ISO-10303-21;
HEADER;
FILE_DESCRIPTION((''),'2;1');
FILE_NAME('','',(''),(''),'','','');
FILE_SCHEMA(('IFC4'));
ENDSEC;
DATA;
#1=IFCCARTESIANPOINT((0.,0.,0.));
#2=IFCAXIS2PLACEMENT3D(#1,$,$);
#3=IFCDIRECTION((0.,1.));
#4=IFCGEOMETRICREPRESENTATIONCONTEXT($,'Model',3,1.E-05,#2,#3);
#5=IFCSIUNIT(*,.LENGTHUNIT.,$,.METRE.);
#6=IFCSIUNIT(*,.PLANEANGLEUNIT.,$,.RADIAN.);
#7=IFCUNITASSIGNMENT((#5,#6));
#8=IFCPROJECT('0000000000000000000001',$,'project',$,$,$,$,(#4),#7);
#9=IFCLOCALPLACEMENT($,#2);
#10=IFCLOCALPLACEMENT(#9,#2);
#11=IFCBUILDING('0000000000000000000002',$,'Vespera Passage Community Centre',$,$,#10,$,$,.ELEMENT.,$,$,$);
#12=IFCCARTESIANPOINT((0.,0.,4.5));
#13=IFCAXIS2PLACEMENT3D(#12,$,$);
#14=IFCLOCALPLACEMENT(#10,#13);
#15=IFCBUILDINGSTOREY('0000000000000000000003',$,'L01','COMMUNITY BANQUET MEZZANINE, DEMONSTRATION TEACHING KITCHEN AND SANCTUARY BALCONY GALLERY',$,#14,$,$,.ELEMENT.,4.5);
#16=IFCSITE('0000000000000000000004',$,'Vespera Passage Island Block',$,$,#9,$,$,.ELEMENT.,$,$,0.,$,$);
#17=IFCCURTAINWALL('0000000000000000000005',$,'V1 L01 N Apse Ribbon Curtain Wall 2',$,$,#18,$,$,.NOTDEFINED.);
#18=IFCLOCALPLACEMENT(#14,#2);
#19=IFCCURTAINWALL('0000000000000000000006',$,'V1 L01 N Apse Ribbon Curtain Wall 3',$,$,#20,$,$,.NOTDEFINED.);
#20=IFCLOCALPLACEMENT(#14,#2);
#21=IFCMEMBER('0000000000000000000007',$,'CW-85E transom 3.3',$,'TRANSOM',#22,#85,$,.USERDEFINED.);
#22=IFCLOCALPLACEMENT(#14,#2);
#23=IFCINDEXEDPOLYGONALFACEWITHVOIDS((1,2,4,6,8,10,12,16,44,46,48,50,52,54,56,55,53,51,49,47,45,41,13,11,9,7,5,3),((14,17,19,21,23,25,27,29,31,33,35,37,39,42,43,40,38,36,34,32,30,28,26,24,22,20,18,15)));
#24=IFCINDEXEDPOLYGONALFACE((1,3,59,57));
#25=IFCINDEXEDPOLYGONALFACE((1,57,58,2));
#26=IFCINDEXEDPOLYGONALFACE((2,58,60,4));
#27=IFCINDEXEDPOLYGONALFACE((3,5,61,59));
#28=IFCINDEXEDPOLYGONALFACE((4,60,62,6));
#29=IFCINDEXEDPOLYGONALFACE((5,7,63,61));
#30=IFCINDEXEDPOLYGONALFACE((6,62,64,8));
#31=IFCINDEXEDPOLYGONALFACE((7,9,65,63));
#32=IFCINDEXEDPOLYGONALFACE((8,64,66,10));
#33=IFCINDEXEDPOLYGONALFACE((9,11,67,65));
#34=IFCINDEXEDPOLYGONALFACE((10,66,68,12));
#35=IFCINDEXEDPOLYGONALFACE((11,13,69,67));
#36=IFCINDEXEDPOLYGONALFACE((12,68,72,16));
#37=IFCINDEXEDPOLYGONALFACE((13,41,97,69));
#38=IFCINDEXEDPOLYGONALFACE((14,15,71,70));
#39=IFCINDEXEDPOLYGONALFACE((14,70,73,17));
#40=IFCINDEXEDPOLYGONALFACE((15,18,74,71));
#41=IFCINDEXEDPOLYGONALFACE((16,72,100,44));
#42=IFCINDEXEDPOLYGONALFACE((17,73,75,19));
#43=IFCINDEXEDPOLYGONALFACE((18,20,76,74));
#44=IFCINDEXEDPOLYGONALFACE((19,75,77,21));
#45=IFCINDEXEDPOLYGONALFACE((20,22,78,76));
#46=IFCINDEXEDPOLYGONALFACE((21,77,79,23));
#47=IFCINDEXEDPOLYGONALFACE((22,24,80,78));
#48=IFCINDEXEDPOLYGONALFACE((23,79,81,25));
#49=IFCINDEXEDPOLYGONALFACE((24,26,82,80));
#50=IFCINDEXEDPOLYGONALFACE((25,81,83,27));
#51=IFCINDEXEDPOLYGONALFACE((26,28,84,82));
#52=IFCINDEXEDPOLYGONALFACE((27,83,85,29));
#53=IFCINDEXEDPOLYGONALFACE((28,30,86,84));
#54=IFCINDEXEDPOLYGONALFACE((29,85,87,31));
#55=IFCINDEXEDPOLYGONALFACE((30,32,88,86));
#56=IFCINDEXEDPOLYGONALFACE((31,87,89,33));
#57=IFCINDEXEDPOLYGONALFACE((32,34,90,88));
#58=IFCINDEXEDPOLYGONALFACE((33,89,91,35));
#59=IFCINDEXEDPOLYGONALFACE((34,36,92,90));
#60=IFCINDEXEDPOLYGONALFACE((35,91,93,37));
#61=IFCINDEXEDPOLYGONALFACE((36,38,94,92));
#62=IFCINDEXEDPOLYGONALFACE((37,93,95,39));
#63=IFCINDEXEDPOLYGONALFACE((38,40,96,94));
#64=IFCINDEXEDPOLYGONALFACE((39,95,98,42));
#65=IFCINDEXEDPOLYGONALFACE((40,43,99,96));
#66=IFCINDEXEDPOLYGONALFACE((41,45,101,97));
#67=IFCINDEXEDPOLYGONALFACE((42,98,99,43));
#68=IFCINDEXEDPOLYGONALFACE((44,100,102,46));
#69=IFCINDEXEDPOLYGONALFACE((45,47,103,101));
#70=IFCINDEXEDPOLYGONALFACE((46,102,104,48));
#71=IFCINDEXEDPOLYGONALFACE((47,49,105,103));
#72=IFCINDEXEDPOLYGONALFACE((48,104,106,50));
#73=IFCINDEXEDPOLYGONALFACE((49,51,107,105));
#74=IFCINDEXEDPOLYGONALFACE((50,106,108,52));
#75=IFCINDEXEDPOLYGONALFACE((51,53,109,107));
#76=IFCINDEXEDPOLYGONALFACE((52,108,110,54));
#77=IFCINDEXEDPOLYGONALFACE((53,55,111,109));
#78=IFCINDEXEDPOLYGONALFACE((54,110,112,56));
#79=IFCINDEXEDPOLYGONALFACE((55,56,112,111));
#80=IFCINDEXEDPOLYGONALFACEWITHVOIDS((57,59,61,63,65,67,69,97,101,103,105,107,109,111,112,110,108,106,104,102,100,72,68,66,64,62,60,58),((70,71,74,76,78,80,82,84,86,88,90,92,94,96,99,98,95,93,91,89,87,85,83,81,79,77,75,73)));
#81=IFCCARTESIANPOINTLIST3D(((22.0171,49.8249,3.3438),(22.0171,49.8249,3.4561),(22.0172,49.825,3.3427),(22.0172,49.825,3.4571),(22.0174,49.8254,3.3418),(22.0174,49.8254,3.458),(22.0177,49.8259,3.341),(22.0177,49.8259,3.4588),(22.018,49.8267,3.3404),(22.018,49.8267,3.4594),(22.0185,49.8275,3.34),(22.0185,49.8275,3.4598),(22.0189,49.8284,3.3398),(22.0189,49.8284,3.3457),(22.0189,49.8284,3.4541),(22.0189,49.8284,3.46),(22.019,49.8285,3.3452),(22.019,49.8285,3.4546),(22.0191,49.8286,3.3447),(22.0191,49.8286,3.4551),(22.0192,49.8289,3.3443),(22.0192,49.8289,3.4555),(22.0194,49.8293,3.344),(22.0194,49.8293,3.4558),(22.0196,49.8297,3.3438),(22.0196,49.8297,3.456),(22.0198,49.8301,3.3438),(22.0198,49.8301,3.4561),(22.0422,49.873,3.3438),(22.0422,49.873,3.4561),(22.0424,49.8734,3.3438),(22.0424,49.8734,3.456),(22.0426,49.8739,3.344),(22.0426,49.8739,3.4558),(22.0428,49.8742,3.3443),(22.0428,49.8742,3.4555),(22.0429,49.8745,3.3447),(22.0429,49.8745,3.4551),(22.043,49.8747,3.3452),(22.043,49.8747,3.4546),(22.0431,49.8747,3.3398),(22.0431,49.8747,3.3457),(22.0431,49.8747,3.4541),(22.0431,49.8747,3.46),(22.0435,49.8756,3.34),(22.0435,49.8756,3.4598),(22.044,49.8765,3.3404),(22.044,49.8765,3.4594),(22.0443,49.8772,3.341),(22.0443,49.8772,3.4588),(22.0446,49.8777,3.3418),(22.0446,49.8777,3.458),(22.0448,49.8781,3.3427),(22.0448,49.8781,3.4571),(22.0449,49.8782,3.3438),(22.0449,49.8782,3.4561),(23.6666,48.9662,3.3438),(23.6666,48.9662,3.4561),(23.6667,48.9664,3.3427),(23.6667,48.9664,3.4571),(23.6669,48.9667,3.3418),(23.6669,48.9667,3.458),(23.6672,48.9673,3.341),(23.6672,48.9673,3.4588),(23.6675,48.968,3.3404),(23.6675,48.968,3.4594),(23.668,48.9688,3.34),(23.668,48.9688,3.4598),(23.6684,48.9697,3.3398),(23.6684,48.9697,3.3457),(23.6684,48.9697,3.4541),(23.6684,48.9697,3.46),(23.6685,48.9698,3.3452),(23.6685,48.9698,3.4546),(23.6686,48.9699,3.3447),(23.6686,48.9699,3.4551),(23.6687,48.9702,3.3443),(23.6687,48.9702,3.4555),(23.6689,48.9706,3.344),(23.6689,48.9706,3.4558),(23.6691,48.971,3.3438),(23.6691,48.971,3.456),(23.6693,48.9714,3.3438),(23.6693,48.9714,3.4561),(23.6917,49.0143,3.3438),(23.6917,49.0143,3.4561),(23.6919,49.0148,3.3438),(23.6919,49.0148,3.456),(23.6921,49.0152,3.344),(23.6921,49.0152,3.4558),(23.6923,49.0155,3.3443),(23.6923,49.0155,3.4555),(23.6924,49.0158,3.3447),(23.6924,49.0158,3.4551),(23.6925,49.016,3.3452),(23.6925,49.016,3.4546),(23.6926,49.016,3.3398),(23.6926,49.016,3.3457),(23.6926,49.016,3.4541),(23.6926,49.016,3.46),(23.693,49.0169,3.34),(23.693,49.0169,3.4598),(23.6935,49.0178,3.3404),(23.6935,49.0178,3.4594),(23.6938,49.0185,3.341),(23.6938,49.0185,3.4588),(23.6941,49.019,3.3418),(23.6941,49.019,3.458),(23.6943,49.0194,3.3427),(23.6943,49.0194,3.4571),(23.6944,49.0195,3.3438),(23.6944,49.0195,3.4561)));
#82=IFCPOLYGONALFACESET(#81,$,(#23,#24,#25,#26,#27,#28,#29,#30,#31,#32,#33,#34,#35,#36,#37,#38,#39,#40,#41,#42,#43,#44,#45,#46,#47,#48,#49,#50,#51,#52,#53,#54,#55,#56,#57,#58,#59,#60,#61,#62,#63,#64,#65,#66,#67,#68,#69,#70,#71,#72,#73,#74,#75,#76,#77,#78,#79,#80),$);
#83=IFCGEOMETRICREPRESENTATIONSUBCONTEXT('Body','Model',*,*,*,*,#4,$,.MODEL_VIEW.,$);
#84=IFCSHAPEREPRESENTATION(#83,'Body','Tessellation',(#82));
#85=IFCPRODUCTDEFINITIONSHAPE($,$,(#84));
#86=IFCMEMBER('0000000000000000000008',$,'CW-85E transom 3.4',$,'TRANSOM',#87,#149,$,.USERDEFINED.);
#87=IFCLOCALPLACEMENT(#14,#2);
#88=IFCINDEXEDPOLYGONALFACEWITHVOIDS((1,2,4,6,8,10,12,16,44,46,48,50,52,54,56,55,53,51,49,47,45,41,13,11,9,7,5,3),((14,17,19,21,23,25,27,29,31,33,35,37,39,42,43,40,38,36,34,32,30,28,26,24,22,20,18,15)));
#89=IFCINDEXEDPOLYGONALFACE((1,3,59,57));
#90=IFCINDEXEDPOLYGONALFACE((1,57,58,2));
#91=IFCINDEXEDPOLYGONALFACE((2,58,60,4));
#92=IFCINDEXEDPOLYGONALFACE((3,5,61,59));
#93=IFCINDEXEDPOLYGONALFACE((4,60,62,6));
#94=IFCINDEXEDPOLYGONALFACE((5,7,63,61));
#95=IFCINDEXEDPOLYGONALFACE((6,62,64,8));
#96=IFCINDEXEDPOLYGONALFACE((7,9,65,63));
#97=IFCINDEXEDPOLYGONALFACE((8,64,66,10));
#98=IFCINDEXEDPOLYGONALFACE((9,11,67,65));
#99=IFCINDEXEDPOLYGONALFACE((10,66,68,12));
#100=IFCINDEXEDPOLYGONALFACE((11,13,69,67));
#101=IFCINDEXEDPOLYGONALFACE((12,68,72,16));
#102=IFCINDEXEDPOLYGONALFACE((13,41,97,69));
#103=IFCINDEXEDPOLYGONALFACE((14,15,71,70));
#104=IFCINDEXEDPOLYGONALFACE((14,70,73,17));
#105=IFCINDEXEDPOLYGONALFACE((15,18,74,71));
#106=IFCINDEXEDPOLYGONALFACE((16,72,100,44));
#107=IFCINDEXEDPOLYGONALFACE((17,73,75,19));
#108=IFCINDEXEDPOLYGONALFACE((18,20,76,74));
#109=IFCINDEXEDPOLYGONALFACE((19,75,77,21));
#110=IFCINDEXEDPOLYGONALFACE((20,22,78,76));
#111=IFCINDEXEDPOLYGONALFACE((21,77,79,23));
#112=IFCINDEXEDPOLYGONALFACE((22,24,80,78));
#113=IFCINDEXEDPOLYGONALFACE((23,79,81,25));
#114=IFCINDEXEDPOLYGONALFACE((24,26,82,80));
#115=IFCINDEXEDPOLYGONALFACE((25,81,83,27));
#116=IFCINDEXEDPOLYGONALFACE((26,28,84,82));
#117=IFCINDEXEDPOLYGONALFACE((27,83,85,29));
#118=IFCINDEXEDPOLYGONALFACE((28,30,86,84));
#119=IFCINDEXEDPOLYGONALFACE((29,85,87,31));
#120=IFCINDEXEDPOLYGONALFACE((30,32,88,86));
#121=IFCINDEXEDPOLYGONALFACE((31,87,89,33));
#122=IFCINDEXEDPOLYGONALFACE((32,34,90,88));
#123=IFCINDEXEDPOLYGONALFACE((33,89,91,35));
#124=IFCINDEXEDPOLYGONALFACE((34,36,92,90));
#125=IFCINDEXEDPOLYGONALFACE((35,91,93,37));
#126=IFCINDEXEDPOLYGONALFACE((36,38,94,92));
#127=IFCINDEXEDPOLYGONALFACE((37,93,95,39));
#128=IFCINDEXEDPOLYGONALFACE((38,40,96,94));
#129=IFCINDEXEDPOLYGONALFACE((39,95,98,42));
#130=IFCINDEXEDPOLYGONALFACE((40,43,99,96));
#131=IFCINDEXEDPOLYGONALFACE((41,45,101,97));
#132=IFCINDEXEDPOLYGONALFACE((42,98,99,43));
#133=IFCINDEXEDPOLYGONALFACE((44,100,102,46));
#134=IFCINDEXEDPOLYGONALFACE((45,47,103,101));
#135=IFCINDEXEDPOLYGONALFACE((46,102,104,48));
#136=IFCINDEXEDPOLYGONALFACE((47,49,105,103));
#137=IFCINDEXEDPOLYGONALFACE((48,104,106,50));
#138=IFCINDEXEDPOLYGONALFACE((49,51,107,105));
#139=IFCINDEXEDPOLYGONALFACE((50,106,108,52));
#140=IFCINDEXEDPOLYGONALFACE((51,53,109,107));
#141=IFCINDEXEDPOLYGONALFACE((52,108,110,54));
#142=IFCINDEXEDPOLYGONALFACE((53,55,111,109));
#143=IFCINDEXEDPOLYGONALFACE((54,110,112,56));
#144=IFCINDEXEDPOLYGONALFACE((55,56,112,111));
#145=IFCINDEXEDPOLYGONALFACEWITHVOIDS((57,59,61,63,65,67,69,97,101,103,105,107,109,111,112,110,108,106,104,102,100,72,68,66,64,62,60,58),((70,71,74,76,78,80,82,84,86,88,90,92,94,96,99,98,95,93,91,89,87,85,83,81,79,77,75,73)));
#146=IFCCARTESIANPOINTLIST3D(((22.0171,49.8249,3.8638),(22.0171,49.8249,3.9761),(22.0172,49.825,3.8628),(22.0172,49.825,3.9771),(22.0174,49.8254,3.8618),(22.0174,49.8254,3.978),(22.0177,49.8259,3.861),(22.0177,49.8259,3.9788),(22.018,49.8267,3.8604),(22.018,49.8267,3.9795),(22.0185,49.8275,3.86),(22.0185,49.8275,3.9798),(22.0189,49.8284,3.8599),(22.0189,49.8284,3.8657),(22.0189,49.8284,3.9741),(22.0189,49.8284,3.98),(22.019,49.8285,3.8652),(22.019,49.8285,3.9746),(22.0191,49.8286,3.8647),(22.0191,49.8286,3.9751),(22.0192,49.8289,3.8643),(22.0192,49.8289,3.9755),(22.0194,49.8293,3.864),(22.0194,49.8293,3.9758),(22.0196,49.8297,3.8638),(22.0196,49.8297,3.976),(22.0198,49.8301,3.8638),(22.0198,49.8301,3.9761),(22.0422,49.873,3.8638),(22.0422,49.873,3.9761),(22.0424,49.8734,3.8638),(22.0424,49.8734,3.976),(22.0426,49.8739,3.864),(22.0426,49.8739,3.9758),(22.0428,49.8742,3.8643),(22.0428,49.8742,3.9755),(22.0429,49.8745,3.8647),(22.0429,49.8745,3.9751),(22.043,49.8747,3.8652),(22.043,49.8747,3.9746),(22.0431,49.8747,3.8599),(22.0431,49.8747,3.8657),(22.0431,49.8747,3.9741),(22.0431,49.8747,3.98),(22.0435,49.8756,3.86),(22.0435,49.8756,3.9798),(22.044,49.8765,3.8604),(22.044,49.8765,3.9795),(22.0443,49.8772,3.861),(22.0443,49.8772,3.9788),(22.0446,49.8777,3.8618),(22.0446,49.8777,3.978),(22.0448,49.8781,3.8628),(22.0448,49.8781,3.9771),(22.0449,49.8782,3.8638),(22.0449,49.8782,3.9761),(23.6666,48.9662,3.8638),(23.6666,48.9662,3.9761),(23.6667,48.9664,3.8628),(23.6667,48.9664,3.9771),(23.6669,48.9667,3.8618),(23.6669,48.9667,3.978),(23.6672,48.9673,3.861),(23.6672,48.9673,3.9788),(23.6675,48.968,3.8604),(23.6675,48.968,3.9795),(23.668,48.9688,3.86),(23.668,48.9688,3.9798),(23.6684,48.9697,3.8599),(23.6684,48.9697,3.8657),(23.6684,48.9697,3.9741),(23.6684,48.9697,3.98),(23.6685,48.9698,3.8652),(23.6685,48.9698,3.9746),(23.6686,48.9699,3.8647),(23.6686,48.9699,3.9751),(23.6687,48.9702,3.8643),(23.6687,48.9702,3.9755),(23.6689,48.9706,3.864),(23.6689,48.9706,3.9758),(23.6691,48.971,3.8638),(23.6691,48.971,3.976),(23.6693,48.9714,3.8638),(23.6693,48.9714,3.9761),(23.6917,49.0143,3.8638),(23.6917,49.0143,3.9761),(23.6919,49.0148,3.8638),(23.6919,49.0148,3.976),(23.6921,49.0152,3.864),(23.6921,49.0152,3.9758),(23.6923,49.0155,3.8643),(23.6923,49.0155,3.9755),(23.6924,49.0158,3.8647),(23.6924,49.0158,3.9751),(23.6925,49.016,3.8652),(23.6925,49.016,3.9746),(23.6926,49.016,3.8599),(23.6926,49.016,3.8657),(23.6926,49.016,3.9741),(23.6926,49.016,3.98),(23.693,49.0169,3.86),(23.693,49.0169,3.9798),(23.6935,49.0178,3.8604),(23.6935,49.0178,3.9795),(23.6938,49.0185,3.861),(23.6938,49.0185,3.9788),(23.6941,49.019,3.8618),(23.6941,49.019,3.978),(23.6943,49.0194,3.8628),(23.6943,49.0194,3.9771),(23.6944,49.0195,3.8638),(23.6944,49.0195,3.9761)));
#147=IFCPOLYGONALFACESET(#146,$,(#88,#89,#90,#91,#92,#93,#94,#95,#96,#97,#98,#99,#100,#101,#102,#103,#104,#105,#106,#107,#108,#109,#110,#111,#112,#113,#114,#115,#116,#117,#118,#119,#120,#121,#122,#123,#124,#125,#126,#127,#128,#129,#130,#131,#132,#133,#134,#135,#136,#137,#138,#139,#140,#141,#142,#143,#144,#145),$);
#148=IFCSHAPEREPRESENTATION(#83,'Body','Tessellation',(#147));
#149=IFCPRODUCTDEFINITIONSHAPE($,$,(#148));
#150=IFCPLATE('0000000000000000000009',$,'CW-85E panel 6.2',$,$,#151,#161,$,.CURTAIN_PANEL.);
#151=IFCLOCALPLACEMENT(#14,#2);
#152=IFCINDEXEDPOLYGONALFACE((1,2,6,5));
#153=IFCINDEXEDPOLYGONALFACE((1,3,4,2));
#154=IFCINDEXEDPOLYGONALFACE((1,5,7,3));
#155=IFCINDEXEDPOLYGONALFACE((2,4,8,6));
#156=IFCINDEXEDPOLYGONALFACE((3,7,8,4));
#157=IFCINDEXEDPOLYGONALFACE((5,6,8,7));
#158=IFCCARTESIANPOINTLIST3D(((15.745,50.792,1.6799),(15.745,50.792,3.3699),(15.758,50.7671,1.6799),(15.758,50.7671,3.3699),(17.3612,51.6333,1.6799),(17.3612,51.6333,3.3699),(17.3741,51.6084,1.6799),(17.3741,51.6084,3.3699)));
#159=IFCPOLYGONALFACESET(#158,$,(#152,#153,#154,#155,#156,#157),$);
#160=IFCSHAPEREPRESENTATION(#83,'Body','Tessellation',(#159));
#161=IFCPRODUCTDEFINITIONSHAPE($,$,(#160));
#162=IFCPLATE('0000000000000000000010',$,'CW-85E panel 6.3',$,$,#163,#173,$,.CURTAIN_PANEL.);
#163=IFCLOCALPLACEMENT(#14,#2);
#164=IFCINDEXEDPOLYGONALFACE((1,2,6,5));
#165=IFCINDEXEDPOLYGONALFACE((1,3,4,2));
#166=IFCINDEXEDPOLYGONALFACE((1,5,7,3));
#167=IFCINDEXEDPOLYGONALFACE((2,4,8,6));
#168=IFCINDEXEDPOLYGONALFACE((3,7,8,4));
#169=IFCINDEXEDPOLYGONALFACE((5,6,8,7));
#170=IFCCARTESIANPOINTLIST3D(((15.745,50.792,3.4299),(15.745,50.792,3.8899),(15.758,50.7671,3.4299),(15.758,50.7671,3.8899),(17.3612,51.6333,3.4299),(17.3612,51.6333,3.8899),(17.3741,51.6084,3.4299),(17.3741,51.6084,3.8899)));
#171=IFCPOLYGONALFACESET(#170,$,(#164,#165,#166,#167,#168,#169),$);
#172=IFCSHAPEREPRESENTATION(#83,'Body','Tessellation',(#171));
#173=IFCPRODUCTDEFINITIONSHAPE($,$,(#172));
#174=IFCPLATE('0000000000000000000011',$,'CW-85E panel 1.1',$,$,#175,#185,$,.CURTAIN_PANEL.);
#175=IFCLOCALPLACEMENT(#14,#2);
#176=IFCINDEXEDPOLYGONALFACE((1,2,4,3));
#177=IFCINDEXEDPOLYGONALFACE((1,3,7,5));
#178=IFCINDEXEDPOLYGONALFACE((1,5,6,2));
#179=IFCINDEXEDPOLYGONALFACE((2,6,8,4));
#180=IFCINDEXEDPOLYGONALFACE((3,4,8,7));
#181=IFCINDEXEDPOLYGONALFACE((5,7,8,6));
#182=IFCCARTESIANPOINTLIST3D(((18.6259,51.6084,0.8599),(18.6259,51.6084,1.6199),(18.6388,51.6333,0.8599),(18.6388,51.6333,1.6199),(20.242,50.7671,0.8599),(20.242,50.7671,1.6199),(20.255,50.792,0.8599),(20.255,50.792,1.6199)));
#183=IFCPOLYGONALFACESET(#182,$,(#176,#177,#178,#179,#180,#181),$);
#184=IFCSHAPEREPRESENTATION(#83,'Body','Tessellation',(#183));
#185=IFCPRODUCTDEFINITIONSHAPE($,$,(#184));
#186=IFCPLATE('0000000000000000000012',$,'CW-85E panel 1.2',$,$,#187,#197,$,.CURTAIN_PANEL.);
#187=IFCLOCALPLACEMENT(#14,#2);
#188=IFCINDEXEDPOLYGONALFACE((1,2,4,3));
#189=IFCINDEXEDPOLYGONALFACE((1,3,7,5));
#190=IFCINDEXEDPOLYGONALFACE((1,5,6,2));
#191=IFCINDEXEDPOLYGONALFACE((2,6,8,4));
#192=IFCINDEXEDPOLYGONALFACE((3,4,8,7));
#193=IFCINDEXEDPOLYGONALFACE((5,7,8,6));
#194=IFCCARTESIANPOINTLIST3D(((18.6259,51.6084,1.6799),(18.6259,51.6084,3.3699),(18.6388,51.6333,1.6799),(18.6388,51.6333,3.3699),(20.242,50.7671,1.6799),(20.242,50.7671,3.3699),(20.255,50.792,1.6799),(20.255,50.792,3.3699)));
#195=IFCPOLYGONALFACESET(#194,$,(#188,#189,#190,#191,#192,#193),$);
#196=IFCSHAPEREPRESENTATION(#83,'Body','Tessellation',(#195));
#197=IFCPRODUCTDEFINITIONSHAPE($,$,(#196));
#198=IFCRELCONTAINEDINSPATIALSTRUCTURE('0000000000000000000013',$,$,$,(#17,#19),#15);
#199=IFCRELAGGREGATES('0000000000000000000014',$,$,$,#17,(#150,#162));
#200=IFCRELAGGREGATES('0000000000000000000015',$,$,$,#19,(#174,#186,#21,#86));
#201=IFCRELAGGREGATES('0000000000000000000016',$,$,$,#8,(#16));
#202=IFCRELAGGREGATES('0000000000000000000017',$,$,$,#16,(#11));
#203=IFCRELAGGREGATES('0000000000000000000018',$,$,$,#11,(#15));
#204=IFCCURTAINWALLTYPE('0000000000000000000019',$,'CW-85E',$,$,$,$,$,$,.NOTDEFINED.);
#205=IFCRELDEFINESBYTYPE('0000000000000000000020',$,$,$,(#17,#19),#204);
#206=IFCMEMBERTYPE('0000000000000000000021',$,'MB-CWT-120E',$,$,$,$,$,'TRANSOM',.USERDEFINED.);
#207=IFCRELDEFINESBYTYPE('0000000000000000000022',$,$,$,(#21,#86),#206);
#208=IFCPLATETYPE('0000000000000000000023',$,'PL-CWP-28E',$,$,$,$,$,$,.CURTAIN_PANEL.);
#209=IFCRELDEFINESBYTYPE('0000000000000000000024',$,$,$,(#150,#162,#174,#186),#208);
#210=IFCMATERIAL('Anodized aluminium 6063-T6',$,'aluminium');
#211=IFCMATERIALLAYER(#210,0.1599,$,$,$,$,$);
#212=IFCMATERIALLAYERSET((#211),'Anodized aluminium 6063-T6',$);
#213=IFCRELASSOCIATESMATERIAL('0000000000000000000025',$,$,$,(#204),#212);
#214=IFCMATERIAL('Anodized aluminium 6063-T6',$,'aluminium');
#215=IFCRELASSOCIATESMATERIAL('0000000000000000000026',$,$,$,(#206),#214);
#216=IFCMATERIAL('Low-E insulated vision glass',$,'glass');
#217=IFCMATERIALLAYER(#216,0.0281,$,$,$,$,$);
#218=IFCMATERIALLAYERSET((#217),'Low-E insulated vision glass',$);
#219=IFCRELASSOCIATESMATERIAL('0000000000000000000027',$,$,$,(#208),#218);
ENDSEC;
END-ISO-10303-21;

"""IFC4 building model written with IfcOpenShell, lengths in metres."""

from ifc_helpers import new_model, si_unit, direction, frame, origin, origin_2d, place, context, subcontext, project, spatial, rectangle, hollow_rectangle, extrude, material, layer, layer_set, material_profile, profile_set, type_object, element, aggregate, save


model = new_model("IFC4")

# Units and contexts
model_context = context("Model", 3, precision=1e-05, world=origin(), true_north=direction((0.0, 1.0)))
body_context = subcontext(model_context, "Body", "Model", "MODEL_VIEW")
ifc_project = project(units=[si_unit("LENGTHUNIT", "METRE"), si_unit("PLANEANGLEUNIT", "RADIAN")], contexts=[model_context])

# Site, building, storey
site_placement = place(None, origin())
site = spatial("IfcSite", under=ifc_project, at=site_placement, Name="Vespera Passage Island Block", CompositionType="ELEMENT", RefElevation=0.0)
building_placement = place(site_placement, origin())
building = spatial("IfcBuilding", under=site, at=building_placement, Name="Vespera Passage Community Centre", CompositionType="ELEMENT")
storey_placement = place(building_placement, frame((0.0, 0.0, 4.5)))
storey = spatial("IfcBuildingStorey", under=building, at=storey_placement, Name="L01", Description="COMMUNITY BANQUET MEZZANINE, DEMONSTRATION TEACHING KITCHEN AND SANCTUARY BALCONY GALLERY", CompositionType="ELEMENT", Elevation=4.5)

# Curtain wall
ifc_material_1 = material(Name="Anodized aluminium 6063-T6", Category="aluminium")
ifc_layer_1 = layer(ifc_material_1, 0.1599)
ifc_layer_set_1 = layer_set([ifc_layer_1], Name="Anodized aluminium 6063-T6")
curtain_wall_type = type_object("IfcCurtainWallType", Name="CW-85E", PredefinedType="NOTDEFINED", material=ifc_layer_set_1)
curtain_wall_1_placement = place(storey_placement, origin())
curtain_wall_1 = element("IfcCurtainWall", 1, at=curtain_wall_1_placement, inside=storey, type_object=curtain_wall_type, Name="V1 L01 N Apse Ribbon Curtain Wall 2", PredefinedType="NOTDEFINED")

# Curtain wall, members
curtain_wall_2_placement = place(storey_placement, origin())
curtain_wall_2 = element("IfcCurtainWall", 2, at=curtain_wall_2_placement, inside=storey, type_object=curtain_wall_type, Name="V1 L01 N Apse Ribbon Curtain Wall 3", PredefinedType="NOTDEFINED")
ifc_material_2 = material(Name="Anodized aluminium 6063-T6", Category="aluminium")
ifc_material_profile_1 = material_profile(ifc_material_2, hollow_rectangle(XDim=0.0601, YDim=0.1201, WallThickness=0.0039, InnerFilletRadius=0.002, OuterFilletRadius=0.0039, at=origin_2d()), Name="ALU120X60X4")
ifc_profile_set_1 = profile_set([ifc_material_profile_1], Name="Anodized aluminium 6063-T6")
member_type_1 = type_object("IfcMemberType", Name="MB-CWT-120E", ElementType="TRANSOM", PredefinedType="USERDEFINED", material=ifc_profile_set_1)
member_1_placement = place(storey_placement, frame((22.031, 49.8516, 3.3999), z_axis=(0.887008, -0.461754, 0.0), x_axis=(0.461754, 0.887008, 0.0)))
member_1 = element("IfcMember", 3, at=member_1_placement, type_object=member_type_1, Name="CW-85E transom 3.3", ObjectType="TRANSOM", PredefinedType="USERDEFINED", context=body_context, shape_type="SweptSolid", body=[
    extrude(hollow_rectangle(XDim=0.0601, YDim=0.1201, WallThickness=0.0039, InnerFilletRadius=0.002, OuterFilletRadius=0.0039, at=origin_2d()), origin(), (0.0, 0.0, 1.0), 1.8596),
])
member_2_placement = place(storey_placement, frame((22.031, 49.8516, 3.9199), z_axis=(0.887008, -0.461754, 0.0), x_axis=(0.461754, 0.887008, 0.0)))
member_2 = element("IfcMember", 4, at=member_2_placement, type_object=member_type_1, Name="CW-85E transom 3.4", ObjectType="TRANSOM", PredefinedType="USERDEFINED", context=body_context, shape_type="SweptSolid", body=[
    extrude(hollow_rectangle(XDim=0.0601, YDim=0.1201, WallThickness=0.0039, InnerFilletRadius=0.002, OuterFilletRadius=0.0039, at=origin_2d()), origin(), (0.0, 0.0, 1.0), 1.8596),
])

# Plates
ifc_material_3 = material(Name="Low-E insulated vision glass", Category="glass")
ifc_layer_2 = layer(ifc_material_3, 0.0281)
ifc_layer_set_2 = layer_set([ifc_layer_2], Name="Low-E insulated vision glass")
plate_type = type_object("IfcPlateType", Name="PL-CWP-28E", PredefinedType="CURTAIN_PANEL", material=ifc_layer_set_2)
plate_1_placement = place(storey_placement, frame((16.5596, 51.2002, 1.6799), z_axis=(0.0, 0.0, 1.0), x_axis=(0.887013, 0.461745, 0.0)))
plate_1 = element("IfcPlate", 5, at=plate_1_placement, type_object=plate_type, Name="CW-85E panel 6.2", PredefinedType="CURTAIN_PANEL", context=body_context, shape_type="SweptSolid", body=[
    extrude(rectangle(XDim=1.822, YDim=0.0281, at=origin_2d()), origin(), (0.0, 0.0, 1.0), 1.6899),
])
plate_2_placement = place(storey_placement, frame((16.5596, 51.2002, 3.4299), z_axis=(0.0, 0.0, 1.0), x_axis=(0.887013, 0.461745, 0.0)))
plate_2 = element("IfcPlate", 6, at=plate_2_placement, type_object=plate_type, Name="CW-85E panel 6.3", PredefinedType="CURTAIN_PANEL", context=body_context, shape_type="SweptSolid", body=[
    extrude(rectangle(XDim=1.822, YDim=0.0281, at=origin_2d()), origin(), (0.0, 0.0, 1.0), 0.46),
])
aggregate(curtain_wall_1, [plate_1, plate_2])
plate_3_placement = place(storey_placement, frame((19.4404, 51.2002, 0.8599), z_axis=(0.0, 0.0, 1.0), x_axis=(0.887013, -0.461745, 0.0)))
plate_3 = element("IfcPlate", 7, at=plate_3_placement, type_object=plate_type, Name="CW-85E panel 1.1", PredefinedType="CURTAIN_PANEL", context=body_context, shape_type="SweptSolid", body=[
    extrude(rectangle(XDim=1.822, YDim=0.0281, at=origin_2d()), origin(), (0.0, 0.0, 1.0), 0.76),
])
plate_4_placement = place(storey_placement, frame((19.4404, 51.2002, 1.6799), z_axis=(0.0, 0.0, 1.0), x_axis=(0.887013, -0.461745, 0.0)))
plate_4 = element("IfcPlate", 8, at=plate_4_placement, type_object=plate_type, Name="CW-85E panel 1.2", PredefinedType="CURTAIN_PANEL", context=body_context, shape_type="SweptSolid", body=[
    extrude(rectangle(XDim=1.822, YDim=0.0281, at=origin_2d()), origin(), (0.0, 0.0, 1.0), 1.6899),
])
aggregate(curtain_wall_2, [plate_3, plate_4, member_1, member_2])

save(model, "model.ifc")
